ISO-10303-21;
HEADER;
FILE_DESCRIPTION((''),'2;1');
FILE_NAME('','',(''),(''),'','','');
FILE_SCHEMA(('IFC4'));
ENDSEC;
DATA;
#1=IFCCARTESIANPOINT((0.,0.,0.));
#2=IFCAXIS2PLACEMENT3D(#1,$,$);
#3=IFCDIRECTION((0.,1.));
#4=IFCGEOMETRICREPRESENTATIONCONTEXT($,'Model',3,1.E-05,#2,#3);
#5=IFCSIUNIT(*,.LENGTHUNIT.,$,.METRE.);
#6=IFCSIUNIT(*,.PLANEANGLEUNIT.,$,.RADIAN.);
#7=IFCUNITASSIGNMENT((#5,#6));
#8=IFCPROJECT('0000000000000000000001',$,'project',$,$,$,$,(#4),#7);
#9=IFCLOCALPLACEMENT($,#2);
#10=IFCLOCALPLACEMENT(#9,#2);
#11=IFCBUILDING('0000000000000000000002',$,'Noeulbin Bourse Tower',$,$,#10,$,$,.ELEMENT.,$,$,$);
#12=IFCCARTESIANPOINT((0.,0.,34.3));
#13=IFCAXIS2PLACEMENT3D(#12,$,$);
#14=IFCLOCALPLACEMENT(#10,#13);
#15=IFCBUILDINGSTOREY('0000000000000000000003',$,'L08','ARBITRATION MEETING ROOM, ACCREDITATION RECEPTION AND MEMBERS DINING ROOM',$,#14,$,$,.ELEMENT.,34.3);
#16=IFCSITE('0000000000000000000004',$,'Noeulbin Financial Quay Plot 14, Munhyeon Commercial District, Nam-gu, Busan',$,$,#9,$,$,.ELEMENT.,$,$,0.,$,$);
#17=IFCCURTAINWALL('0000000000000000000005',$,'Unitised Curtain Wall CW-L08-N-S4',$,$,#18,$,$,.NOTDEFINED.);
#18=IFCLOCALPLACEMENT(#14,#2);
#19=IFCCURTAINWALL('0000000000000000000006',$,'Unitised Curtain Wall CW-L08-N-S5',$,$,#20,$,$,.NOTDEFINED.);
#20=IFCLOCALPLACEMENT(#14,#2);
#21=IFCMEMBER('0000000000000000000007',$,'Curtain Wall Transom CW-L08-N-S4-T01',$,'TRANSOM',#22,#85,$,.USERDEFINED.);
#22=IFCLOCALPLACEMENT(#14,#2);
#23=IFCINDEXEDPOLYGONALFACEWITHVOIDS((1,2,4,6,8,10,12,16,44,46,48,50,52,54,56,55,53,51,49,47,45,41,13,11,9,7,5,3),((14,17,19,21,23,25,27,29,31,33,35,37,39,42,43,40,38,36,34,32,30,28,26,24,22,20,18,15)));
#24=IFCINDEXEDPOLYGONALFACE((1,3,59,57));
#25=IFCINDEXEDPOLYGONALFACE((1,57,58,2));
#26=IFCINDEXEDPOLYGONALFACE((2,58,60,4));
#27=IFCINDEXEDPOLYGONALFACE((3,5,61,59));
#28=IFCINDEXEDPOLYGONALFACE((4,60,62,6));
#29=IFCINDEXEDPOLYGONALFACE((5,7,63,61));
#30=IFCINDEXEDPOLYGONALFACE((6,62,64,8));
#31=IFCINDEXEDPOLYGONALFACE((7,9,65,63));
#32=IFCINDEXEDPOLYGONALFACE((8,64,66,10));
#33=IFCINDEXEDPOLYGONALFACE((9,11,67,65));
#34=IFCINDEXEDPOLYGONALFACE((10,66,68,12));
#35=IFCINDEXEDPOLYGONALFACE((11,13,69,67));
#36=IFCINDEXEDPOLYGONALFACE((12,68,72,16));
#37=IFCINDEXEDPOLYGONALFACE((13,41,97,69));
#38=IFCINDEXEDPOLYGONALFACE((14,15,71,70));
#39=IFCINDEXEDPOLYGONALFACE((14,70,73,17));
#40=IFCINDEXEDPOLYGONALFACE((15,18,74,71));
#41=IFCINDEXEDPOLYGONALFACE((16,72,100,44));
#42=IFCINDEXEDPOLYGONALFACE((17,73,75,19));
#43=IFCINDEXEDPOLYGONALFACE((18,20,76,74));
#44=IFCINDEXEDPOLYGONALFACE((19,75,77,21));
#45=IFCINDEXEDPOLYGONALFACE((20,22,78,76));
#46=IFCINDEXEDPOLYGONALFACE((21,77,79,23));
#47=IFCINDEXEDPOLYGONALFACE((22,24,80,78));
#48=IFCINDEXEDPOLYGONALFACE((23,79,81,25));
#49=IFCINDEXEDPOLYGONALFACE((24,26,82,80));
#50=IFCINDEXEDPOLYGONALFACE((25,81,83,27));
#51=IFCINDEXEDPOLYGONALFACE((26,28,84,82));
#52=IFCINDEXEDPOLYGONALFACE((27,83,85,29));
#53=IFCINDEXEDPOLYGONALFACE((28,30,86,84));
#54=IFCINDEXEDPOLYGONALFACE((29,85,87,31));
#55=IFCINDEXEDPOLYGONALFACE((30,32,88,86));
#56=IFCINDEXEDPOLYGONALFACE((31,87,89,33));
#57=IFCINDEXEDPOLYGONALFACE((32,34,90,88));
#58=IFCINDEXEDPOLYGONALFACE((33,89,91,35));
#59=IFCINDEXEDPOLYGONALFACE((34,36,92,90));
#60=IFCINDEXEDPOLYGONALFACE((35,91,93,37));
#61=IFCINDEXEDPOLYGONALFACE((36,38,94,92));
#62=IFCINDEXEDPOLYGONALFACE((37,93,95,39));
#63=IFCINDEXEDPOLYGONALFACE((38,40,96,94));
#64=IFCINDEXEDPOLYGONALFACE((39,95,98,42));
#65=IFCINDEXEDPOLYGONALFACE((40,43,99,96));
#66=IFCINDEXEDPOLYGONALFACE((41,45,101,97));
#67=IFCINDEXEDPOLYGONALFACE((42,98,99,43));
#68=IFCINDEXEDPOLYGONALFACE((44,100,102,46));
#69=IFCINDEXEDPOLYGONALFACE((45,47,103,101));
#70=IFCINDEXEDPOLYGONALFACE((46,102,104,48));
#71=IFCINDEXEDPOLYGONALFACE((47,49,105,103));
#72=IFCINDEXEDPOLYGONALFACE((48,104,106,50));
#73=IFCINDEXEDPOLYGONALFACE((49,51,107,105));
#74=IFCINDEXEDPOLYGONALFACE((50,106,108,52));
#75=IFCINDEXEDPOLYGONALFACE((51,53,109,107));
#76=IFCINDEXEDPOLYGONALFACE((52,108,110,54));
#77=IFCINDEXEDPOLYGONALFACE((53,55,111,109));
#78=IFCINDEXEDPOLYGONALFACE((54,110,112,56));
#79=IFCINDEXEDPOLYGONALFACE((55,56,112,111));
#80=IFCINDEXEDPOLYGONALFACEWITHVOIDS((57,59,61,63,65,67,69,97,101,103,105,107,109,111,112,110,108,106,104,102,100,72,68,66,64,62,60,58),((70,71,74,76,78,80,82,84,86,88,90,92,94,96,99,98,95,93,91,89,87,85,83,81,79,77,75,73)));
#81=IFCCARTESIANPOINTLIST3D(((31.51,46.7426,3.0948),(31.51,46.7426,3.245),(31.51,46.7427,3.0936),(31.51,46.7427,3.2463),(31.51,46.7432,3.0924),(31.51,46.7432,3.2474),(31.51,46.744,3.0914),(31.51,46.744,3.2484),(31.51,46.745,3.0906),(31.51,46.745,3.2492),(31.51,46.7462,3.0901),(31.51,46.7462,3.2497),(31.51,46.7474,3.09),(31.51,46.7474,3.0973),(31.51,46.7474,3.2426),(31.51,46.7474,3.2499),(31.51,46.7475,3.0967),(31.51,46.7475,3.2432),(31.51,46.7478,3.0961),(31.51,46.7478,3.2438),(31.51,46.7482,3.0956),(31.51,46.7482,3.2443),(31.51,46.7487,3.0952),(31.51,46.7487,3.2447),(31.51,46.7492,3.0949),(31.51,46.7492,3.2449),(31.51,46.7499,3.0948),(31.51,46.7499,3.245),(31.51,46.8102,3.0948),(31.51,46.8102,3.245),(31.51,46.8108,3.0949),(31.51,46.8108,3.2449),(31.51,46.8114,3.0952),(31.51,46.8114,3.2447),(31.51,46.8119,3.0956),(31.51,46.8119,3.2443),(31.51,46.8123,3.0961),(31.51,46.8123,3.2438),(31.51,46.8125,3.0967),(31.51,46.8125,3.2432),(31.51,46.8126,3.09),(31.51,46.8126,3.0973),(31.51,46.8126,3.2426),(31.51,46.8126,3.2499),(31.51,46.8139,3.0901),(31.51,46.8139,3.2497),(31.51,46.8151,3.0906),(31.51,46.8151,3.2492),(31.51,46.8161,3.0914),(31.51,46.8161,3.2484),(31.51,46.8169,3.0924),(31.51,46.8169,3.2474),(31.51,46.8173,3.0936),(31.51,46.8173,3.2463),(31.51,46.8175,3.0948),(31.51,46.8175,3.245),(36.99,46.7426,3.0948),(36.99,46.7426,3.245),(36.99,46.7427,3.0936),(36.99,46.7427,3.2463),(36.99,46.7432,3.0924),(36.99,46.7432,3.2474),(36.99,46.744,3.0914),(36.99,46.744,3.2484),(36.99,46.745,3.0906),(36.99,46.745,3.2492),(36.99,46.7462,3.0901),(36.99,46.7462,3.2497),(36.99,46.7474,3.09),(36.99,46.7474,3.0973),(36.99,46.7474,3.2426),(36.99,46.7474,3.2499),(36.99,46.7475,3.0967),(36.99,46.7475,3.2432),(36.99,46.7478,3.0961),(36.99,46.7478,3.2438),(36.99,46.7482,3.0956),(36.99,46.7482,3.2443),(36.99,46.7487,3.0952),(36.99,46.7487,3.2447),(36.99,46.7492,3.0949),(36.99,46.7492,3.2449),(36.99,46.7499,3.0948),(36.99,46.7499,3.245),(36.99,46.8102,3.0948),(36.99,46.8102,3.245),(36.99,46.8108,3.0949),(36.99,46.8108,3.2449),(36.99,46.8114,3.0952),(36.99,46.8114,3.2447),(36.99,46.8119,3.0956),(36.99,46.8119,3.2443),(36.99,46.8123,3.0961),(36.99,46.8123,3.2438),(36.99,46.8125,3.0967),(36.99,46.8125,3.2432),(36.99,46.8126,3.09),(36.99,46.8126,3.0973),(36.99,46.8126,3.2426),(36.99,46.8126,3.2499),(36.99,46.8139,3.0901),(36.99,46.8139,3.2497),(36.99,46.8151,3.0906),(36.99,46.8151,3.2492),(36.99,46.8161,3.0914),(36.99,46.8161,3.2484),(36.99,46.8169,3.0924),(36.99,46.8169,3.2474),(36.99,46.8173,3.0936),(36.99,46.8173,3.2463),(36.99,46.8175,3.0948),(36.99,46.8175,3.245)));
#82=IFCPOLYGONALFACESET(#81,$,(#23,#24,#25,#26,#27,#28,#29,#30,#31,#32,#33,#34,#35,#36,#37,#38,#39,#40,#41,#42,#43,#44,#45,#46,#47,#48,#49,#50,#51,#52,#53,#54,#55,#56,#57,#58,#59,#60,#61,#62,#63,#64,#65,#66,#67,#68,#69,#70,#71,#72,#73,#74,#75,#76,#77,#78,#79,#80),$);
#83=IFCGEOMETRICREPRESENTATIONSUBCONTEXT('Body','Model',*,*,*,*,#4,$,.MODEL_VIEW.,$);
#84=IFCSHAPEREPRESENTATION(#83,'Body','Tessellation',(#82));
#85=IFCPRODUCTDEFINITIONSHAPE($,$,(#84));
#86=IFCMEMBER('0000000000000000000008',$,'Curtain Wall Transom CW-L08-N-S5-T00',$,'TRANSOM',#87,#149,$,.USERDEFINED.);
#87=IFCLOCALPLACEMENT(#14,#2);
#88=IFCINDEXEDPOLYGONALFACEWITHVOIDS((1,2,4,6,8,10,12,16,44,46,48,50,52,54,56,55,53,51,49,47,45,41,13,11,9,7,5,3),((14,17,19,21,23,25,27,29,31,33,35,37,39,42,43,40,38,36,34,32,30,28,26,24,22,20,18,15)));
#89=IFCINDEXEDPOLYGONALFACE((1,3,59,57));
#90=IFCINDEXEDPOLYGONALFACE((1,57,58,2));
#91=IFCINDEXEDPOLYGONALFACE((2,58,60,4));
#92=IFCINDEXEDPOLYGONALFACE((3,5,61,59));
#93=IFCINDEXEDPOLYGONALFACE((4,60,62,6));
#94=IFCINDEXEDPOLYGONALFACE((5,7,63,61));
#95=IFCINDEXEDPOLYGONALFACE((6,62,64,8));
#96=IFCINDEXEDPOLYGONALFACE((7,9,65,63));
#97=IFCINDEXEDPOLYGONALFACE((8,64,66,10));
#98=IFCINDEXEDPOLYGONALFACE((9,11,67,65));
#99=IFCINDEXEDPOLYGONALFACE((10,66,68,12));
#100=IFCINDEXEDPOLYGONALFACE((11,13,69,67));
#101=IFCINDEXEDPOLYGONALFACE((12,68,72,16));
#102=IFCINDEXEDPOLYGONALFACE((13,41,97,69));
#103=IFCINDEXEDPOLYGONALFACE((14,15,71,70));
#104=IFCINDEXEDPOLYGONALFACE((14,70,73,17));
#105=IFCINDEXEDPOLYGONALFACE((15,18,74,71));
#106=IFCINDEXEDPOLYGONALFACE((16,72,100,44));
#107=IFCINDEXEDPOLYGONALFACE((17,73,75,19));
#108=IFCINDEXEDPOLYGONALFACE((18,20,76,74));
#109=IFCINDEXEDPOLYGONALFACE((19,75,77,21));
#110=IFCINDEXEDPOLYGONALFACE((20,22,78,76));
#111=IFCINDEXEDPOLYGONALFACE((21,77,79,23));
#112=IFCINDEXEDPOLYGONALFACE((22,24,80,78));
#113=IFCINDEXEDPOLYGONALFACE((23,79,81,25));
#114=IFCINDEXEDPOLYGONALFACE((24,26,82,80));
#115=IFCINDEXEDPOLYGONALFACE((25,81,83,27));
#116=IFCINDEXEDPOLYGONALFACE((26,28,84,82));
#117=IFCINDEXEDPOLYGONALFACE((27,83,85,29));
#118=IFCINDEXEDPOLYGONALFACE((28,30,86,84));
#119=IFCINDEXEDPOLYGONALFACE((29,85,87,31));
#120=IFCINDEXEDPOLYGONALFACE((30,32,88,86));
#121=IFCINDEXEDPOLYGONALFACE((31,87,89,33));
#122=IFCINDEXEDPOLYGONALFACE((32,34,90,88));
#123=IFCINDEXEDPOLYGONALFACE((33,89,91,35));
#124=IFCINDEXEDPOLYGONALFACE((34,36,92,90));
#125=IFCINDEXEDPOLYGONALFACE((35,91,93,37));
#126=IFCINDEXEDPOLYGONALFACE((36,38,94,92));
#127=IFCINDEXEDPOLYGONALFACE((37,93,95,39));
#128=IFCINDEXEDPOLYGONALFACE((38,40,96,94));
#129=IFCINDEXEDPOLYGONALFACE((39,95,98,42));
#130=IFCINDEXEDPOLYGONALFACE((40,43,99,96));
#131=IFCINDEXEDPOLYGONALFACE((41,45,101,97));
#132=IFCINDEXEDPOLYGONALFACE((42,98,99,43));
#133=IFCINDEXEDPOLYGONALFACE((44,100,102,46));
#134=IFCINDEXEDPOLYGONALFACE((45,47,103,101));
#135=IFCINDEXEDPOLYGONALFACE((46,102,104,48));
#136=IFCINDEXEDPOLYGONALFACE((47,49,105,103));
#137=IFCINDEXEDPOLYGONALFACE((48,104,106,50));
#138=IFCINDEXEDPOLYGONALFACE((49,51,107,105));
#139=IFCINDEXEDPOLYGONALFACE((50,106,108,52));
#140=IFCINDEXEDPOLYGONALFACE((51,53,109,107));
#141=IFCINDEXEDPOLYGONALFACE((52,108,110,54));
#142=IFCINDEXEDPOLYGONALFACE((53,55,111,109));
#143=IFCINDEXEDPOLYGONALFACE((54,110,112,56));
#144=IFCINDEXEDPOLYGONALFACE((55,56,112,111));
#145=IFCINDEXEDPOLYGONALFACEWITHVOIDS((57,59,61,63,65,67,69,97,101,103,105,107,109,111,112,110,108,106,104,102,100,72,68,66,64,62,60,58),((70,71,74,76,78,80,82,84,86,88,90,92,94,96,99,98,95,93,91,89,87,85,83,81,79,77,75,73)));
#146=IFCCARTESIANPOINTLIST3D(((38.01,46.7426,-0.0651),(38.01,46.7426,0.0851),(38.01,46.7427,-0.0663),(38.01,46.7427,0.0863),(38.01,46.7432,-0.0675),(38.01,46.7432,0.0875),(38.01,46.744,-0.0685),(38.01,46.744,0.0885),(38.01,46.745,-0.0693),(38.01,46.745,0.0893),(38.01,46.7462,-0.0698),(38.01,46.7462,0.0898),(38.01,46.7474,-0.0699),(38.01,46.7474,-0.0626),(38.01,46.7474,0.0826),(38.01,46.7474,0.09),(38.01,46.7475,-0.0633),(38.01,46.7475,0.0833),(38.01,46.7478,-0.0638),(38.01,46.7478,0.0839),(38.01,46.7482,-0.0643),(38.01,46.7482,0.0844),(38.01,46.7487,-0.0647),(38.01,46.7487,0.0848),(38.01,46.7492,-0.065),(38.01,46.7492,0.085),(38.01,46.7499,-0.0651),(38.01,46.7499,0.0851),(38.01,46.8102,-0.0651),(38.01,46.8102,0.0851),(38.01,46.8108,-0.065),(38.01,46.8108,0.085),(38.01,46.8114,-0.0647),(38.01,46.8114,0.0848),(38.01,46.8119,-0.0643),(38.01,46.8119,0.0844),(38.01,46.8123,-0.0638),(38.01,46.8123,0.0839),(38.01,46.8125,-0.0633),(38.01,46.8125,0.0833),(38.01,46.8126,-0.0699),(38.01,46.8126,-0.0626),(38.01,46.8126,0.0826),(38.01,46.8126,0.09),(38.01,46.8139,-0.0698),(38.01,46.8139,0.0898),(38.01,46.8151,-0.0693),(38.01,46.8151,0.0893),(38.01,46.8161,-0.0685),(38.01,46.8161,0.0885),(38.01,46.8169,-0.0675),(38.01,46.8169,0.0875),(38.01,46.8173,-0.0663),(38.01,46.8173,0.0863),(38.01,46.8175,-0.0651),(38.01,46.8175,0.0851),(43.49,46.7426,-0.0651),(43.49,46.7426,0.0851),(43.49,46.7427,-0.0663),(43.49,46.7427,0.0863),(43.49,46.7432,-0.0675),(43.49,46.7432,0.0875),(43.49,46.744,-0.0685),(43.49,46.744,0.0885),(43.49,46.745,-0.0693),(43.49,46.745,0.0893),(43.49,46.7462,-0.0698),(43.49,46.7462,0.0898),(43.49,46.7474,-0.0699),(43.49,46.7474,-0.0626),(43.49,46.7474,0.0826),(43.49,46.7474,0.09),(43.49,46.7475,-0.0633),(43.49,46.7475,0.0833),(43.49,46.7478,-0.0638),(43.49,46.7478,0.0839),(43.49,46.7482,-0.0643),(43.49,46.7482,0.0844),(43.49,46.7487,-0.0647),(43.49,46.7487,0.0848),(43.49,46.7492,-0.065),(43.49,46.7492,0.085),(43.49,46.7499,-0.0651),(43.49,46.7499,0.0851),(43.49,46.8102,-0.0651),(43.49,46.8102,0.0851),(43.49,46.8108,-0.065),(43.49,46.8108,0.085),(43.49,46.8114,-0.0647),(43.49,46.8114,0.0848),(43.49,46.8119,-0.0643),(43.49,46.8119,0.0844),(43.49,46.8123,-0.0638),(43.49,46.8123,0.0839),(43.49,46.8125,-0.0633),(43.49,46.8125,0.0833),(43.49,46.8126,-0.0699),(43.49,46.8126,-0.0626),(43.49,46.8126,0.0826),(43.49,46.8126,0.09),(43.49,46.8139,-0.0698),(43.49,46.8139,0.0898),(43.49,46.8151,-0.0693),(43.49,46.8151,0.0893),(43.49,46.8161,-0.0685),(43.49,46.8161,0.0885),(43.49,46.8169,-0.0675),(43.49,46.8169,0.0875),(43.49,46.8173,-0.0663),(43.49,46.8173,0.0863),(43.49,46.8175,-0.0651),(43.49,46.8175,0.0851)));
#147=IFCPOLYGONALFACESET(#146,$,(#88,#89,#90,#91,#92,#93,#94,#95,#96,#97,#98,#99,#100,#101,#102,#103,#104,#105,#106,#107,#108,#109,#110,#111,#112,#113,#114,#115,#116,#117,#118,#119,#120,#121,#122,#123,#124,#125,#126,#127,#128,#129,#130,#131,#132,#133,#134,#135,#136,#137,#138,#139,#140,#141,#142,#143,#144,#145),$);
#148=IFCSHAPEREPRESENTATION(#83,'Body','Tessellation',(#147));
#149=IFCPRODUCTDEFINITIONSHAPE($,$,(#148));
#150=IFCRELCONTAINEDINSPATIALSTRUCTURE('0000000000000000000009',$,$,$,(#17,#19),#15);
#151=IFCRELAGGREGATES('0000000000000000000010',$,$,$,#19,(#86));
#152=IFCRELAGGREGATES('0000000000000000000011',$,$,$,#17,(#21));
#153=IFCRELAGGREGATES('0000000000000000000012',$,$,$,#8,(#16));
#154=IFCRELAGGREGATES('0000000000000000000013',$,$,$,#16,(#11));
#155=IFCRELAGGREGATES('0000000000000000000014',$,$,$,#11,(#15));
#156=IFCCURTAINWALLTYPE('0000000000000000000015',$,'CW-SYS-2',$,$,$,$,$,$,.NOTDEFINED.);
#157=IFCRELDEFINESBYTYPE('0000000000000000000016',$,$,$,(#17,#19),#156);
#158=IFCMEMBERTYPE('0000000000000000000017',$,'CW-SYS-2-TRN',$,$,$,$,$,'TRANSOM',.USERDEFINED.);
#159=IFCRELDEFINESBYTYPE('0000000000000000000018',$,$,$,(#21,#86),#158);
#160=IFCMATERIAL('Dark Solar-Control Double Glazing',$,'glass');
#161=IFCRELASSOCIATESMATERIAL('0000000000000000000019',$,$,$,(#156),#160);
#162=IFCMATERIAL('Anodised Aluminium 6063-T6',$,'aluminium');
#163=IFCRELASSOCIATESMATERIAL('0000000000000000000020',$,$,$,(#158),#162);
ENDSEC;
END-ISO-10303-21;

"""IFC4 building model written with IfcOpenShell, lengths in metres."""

from ifc_helpers import new_model, si_unit, direction, frame, origin, origin_2d, place, context, subcontext, project, spatial, hollow_rectangle, extrude, material, material_profile, profile_set, type_object, element, aggregate, save


model = new_model("IFC4")

# Units and contexts
model_context = context("Model", 3, precision=1e-05, world=origin(), true_north=direction((0.0, 1.0)))
body_context = subcontext(model_context, "Body", "Model", "MODEL_VIEW")
ifc_project = project(units=[si_unit("LENGTHUNIT", "METRE"), si_unit("PLANEANGLEUNIT", "RADIAN")], contexts=[model_context])

# Site, building, storey
site_placement = place(None, origin())
site = spatial("IfcSite", under=ifc_project, at=site_placement, Name="Noeulbin Financial Quay Plot 14, Munhyeon Commercial District, Nam-gu, Busan", CompositionType="ELEMENT", RefElevation=0.0)
building_placement = place(site_placement, origin())
building = spatial("IfcBuilding", under=site, at=building_placement, Name="Noeulbin Bourse Tower", CompositionType="ELEMENT")
storey_placement = place(building_placement, frame((0.0, 0.0, 34.3)))
storey = spatial("IfcBuildingStorey", under=building, at=storey_placement, Name="L08", Description="ARBITRATION MEETING ROOM, ACCREDITATION RECEPTION AND MEMBERS DINING ROOM", CompositionType="ELEMENT", Elevation=34.3)

# Shared definitions
ifc_material_1 = material(Name="Dark Solar-Control Double Glazing", Category="glass")
curtain_wall_type = type_object("IfcCurtainWallType", Name="CW-SYS-2", PredefinedType="NOTDEFINED", material=ifc_material_1)
ifc_material_2 = material(Name="Anodised Aluminium 6063-T6", Category="aluminium")

# Curtain wall
curtain_wall_1_placement = place(storey_placement, origin())
curtain_wall_1 = element("IfcCurtainWall", 1, at=curtain_wall_1_placement, inside=storey, type_object=curtain_wall_type, Name="Unitised Curtain Wall CW-L08-N-S4", PredefinedType="NOTDEFINED")

# Curtain wall
curtain_wall_2_placement = place(storey_placement, origin())
curtain_wall_2 = element("IfcCurtainWall", 2, at=curtain_wall_2_placement, inside=storey, type_object=curtain_wall_type, Name="Unitised Curtain Wall CW-L08-N-S5", PredefinedType="NOTDEFINED")

# Members
ifc_material_profile_1 = material_profile(ifc_material_2, hollow_rectangle(XDim=0.075, YDim=0.1599, WallThickness=0.0049, InnerFilletRadius=0.0024, OuterFilletRadius=0.0049, at=origin_2d()), Name="ALU-TRAN-75x160x5", Category="LoadBearing")
ifc_profile_set_1 = profile_set([ifc_material_profile_1], Name="Anodised Aluminium 6063-T6")
member_type_1 = type_object("IfcMemberType", Name="CW-SYS-2-TRN", ElementType="TRANSOM", PredefinedType="USERDEFINED", material=ifc_profile_set_1)
member_1_placement = place(storey_placement, frame((31.51, 46.78, 3.1699), z_axis=(1.0, 0.0, 0.0), x_axis=(0.0, 1.0, 0.0)))
member_1 = element("IfcMember", 3, at=member_1_placement, type_object=member_type_1, Name="Curtain Wall Transom CW-L08-N-S4-T01", ObjectType="TRANSOM", PredefinedType="USERDEFINED", context=body_context, shape_type="SweptSolid", body=[
    extrude(hollow_rectangle(XDim=0.075, YDim=0.1599, WallThickness=0.0049, InnerFilletRadius=0.0024, OuterFilletRadius=0.0049, at=origin_2d()), origin(), (0.0, 0.0, 1.0), 5.48),
])
member_2_placement = place(storey_placement, frame((38.01, 46.78, 0.01), z_axis=(1.0, 0.0, 0.0), x_axis=(0.0, 1.0, 0.0)))
member_2 = element("IfcMember", 4, at=member_2_placement, type_object=member_type_1, Name="Curtain Wall Transom CW-L08-N-S5-T00", ObjectType="TRANSOM", PredefinedType="USERDEFINED", context=body_context, shape_type="SweptSolid", body=[
    extrude(hollow_rectangle(XDim=0.075, YDim=0.1599, WallThickness=0.0049, InnerFilletRadius=0.0024, OuterFilletRadius=0.0049, at=origin_2d()), origin(), (0.0, 0.0, 1.0), 5.48),
])
aggregate(curtain_wall_2, [member_2])

aggregate(curtain_wall_1, [member_1])

save(model, "model.ifc")
